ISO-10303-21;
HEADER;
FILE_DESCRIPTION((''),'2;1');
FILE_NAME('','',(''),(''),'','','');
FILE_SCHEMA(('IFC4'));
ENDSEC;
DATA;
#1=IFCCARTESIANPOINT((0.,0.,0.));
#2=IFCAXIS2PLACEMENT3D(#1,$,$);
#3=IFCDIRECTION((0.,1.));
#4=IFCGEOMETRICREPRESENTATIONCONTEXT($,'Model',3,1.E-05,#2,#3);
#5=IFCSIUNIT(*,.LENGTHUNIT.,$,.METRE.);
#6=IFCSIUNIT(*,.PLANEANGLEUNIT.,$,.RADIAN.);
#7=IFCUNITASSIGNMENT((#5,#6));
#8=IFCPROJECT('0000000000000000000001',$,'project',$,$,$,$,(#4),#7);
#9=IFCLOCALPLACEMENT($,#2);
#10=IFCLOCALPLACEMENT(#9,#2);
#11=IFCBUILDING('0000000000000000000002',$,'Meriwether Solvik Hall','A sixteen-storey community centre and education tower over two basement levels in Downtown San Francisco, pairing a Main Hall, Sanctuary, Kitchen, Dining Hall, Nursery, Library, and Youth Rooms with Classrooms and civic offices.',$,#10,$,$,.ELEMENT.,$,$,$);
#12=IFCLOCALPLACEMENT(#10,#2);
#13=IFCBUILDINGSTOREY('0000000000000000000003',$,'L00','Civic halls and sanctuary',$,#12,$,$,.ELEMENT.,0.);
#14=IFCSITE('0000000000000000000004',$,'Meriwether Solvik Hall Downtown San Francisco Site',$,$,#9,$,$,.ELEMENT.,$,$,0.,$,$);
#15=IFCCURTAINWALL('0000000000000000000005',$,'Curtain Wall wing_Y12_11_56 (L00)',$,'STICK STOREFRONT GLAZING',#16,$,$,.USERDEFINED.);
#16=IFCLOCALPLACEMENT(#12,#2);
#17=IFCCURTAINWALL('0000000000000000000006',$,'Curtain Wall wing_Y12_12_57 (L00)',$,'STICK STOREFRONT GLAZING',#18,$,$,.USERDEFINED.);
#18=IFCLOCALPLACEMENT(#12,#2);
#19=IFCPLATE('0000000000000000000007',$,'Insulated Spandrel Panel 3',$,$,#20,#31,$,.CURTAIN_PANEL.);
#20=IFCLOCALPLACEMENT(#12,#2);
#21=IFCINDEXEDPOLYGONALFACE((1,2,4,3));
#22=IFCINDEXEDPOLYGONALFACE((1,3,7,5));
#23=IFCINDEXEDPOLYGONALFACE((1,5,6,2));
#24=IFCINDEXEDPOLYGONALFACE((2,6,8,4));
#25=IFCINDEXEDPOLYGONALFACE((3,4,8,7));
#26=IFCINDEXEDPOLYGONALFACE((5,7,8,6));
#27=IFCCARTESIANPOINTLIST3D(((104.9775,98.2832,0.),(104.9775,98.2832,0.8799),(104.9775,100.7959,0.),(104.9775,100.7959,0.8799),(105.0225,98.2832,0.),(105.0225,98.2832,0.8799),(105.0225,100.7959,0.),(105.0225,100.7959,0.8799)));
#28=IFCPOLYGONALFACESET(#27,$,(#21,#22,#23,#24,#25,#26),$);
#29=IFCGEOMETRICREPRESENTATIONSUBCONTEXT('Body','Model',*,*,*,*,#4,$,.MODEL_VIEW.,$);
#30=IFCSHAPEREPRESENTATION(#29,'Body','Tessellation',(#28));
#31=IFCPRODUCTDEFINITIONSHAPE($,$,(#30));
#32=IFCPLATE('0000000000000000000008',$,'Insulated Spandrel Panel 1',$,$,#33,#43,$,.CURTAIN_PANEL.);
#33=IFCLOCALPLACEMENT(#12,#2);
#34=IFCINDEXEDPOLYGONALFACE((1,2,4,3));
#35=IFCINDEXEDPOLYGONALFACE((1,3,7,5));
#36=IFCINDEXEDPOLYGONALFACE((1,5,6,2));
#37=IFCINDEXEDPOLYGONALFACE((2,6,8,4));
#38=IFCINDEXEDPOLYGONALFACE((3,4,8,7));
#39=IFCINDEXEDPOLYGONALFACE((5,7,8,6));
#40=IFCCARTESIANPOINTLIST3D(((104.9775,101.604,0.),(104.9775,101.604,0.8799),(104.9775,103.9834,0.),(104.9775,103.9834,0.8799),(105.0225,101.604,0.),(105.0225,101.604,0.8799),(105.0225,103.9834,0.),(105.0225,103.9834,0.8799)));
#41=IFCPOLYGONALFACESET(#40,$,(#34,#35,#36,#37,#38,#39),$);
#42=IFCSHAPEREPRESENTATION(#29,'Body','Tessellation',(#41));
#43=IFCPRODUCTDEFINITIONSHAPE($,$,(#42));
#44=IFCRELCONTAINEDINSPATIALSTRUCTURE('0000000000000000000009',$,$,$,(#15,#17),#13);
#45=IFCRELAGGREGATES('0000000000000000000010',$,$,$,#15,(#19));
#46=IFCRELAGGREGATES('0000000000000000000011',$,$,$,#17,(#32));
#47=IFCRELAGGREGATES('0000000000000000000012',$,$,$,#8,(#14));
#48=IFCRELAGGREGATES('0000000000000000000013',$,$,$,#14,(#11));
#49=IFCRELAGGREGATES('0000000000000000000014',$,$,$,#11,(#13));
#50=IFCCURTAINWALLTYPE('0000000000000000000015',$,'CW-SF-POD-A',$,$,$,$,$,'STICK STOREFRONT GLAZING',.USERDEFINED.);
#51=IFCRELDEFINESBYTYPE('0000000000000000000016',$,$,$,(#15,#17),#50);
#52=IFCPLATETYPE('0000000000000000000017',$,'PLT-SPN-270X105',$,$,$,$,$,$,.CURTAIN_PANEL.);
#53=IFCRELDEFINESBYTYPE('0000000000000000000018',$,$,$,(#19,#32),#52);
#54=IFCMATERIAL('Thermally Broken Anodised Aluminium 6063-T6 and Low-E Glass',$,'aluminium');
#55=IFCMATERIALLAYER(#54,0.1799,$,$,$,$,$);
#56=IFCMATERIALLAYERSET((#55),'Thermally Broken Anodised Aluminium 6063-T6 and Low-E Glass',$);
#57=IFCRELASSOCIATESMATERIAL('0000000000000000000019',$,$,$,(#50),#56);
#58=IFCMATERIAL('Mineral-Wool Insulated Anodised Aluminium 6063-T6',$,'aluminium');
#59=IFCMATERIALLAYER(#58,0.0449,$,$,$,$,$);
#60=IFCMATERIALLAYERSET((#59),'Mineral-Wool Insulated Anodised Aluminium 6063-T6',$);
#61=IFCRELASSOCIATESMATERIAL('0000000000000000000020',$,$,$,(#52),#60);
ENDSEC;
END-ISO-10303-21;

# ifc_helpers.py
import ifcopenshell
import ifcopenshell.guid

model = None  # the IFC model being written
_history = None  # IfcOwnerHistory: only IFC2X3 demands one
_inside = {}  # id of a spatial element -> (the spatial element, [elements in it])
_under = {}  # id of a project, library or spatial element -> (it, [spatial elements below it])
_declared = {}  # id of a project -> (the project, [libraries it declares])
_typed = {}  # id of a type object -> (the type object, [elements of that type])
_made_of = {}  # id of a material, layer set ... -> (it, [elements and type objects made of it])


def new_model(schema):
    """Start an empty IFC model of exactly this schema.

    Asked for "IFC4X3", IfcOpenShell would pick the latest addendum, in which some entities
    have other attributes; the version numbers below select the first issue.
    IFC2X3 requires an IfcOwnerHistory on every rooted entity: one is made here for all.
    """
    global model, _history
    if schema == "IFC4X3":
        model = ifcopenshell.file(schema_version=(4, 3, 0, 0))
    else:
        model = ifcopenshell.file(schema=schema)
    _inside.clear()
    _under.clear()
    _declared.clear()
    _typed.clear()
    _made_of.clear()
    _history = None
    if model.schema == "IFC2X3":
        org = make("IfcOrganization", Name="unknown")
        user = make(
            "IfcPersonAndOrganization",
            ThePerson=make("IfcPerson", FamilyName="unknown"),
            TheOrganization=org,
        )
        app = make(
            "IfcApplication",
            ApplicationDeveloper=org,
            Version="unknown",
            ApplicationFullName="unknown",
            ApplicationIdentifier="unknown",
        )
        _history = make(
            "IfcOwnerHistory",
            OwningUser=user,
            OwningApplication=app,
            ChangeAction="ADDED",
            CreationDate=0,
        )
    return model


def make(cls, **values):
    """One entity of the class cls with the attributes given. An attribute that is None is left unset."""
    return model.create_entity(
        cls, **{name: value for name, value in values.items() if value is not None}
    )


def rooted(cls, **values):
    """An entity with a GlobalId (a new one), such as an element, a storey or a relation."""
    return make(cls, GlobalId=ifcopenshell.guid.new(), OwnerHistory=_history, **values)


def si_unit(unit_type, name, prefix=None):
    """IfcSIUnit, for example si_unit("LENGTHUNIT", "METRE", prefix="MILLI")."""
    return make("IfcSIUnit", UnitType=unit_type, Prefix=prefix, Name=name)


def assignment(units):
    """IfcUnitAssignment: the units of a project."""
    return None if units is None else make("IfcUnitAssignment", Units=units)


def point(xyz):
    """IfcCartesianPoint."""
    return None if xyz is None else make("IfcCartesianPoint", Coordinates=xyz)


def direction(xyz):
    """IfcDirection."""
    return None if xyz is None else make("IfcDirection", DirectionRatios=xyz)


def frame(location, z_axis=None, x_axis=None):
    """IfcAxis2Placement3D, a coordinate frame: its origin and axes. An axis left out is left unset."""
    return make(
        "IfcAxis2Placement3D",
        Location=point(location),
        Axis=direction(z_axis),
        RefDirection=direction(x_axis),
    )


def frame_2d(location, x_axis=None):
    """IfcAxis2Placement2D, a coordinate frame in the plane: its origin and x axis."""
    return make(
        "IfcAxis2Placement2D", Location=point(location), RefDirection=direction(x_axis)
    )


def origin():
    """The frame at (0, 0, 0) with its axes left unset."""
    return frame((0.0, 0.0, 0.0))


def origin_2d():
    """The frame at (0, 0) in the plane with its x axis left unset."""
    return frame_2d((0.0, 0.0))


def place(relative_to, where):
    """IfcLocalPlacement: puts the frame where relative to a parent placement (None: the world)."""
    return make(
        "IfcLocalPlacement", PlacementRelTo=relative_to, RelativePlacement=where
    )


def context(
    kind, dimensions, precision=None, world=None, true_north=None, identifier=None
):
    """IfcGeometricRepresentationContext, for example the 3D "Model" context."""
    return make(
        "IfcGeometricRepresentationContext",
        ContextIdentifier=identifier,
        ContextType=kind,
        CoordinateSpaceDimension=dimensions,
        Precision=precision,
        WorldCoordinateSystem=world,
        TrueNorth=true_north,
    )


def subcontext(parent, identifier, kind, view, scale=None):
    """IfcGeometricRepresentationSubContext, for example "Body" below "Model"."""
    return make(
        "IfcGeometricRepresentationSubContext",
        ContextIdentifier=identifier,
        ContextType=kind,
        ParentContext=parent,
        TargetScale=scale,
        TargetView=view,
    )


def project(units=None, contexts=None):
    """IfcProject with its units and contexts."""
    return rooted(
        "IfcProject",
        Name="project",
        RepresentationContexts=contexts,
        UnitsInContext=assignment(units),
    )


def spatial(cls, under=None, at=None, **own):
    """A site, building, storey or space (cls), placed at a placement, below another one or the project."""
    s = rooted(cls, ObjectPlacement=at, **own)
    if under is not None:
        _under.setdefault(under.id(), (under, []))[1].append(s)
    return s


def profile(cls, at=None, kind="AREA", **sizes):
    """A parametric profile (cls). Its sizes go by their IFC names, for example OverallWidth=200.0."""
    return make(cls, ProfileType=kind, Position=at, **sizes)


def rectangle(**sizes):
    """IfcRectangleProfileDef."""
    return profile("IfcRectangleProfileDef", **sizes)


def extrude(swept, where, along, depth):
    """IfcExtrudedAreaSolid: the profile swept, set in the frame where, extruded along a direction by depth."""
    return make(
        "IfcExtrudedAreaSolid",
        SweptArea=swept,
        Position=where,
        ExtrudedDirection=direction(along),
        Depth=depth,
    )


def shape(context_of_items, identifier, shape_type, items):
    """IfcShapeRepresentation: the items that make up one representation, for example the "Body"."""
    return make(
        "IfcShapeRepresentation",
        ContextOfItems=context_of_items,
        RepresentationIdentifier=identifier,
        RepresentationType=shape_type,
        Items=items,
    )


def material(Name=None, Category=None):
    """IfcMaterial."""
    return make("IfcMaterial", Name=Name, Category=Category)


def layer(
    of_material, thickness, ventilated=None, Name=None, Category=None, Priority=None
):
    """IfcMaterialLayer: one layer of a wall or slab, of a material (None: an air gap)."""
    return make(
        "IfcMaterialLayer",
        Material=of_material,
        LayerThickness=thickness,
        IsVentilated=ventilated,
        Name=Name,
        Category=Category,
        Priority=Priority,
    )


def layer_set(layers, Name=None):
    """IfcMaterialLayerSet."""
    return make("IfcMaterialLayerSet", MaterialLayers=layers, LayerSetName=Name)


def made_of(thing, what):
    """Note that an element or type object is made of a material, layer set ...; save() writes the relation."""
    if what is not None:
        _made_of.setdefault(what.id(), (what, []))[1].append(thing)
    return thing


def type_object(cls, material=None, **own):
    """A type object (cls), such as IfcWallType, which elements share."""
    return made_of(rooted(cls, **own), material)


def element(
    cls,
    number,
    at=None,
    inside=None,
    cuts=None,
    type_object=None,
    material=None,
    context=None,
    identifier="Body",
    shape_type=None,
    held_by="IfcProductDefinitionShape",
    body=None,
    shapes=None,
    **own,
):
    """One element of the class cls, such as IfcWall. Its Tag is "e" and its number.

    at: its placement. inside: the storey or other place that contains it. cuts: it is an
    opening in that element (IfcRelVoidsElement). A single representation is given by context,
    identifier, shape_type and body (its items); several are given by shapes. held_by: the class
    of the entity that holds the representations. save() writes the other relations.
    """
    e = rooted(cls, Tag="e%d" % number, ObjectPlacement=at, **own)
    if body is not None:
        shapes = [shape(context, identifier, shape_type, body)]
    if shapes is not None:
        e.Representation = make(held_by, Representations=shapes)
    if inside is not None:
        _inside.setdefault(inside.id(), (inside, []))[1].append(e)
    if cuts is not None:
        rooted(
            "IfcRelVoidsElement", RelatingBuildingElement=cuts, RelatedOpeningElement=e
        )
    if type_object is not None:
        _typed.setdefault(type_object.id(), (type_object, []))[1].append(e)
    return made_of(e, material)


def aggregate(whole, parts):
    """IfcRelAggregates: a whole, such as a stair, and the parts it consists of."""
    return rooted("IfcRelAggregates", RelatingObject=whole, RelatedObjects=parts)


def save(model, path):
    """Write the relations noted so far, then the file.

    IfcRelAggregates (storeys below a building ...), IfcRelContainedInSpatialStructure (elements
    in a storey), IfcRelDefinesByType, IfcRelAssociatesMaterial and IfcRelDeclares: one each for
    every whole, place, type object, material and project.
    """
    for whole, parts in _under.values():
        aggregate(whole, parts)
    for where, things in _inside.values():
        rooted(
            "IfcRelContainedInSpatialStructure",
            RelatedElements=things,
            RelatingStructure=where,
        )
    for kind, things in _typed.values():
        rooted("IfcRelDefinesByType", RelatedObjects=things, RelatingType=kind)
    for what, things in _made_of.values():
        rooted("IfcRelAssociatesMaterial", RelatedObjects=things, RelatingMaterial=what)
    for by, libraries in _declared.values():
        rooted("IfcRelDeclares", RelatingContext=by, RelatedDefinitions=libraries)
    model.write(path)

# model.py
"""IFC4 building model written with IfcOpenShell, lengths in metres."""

from ifc_helpers import new_model, si_unit, direction, frame, origin, origin_2d, place, context, subcontext, project, spatial, rectangle, extrude, material, layer, layer_set, type_object, element, aggregate, save


model = new_model("IFC4")

# Units and contexts
model_context = context("Model", 3, precision=1e-05, world=origin(), true_north=direction((0.0, 1.0)))
body_context = subcontext(model_context, "Body", "Model", "MODEL_VIEW")
ifc_project = project(units=[si_unit("LENGTHUNIT", "METRE"), si_unit("PLANEANGLEUNIT", "RADIAN")], contexts=[model_context])

# Site, building, storey
site_placement = place(None, origin())
site = spatial("IfcSite", under=ifc_project, at=site_placement, Name="Meriwether Solvik Hall Downtown San Francisco Site", CompositionType="ELEMENT", RefElevation=0.0)
building_placement = place(site_placement, origin())
building = spatial("IfcBuilding", under=site, at=building_placement, Name="Meriwether Solvik Hall", Description="A sixteen-storey community centre and education tower over two basement levels in Downtown San Francisco, pairing a Main Hall, Sanctuary, Kitchen, Dining Hall, Nursery, Library, and Youth Rooms with Classrooms and civic offices.", CompositionType="ELEMENT")
storey_placement = place(building_placement, origin())
storey = spatial("IfcBuildingStorey", under=building, at=storey_placement, Name="L00", Description="Civic halls and sanctuary", CompositionType="ELEMENT", Elevation=0.0)

# Curtain walls
ifc_material_1 = material(Name="Thermally Broken Anodised Aluminium 6063-T6 and Low-E Glass", Category="aluminium")
ifc_layer_1 = layer(ifc_material_1, 0.1799)
ifc_layer_set_1 = layer_set([ifc_layer_1], Name="Thermally Broken Anodised Aluminium 6063-T6 and Low-E Glass")
curtain_wall_type = type_object("IfcCurtainWallType", Name="CW-SF-POD-A", ElementType="STICK STOREFRONT GLAZING", PredefinedType="USERDEFINED", material=ifc_layer_set_1)
curtain_wall_1_placement = place(storey_placement, origin())
curtain_wall_1 = element("IfcCurtainWall", 1, at=curtain_wall_1_placement, inside=storey, type_object=curtain_wall_type, Name="Curtain Wall wing_Y12_11_56 (L00)", ObjectType="STICK STOREFRONT GLAZING", PredefinedType="USERDEFINED")
curtain_wall_2_placement = place(storey_placement, origin())
curtain_wall_2 = element("IfcCurtainWall", 2, at=curtain_wall_2_placement, inside=storey, type_object=curtain_wall_type, Name="Curtain Wall wing_Y12_12_57 (L00)", ObjectType="STICK STOREFRONT GLAZING", PredefinedType="USERDEFINED")

# Plates
ifc_material_2 = material(Name="Mineral-Wool Insulated Anodised Aluminium 6063-T6", Category="aluminium")
ifc_layer_2 = layer(ifc_material_2, 0.0449)
ifc_layer_set_2 = layer_set([ifc_layer_2], Name="Mineral-Wool Insulated Anodised Aluminium 6063-T6")
plate_type_1 = type_object("IfcPlateType", Name="PLT-SPN-270X105", PredefinedType="CURTAIN_PANEL", material=ifc_layer_set_2)
plate_1_placement = place(storey_placement, frame((105.0, 99.5396, 0.0), z_axis=(0.0, 0.0, 1.0), x_axis=(0.0, 1.0, 0.0)))
plate_1 = element("IfcPlate", 3, at=plate_1_placement, type_object=plate_type_1, Name="Insulated Spandrel Panel 3", PredefinedType="CURTAIN_PANEL", context=body_context, shape_type="SweptSolid", body=[
    extrude(rectangle(XDim=2.5127, YDim=0.0449, at=origin_2d()), origin(), (0.0, 0.0, 1.0), 0.8799),
])
aggregate(curtain_wall_1, [plate_1])
plate_2_placement = place(storey_placement, frame((105.0, 102.7937, 0.0), z_axis=(0.0, 0.0, 1.0), x_axis=(0.0, 1.0, 0.0)))
plate_2 = element("IfcPlate", 4, at=plate_2_placement, type_object=plate_type_1, Name="Insulated Spandrel Panel 1", PredefinedType="CURTAIN_PANEL", context=body_context, shape_type="SweptSolid", body=[
    extrude(rectangle(XDim=2.3794, YDim=0.0449, at=origin_2d()), origin(), (0.0, 0.0, 1.0), 0.8799),
])
aggregate(curtain_wall_2, [plate_2])

save(model, "model.ifc")
